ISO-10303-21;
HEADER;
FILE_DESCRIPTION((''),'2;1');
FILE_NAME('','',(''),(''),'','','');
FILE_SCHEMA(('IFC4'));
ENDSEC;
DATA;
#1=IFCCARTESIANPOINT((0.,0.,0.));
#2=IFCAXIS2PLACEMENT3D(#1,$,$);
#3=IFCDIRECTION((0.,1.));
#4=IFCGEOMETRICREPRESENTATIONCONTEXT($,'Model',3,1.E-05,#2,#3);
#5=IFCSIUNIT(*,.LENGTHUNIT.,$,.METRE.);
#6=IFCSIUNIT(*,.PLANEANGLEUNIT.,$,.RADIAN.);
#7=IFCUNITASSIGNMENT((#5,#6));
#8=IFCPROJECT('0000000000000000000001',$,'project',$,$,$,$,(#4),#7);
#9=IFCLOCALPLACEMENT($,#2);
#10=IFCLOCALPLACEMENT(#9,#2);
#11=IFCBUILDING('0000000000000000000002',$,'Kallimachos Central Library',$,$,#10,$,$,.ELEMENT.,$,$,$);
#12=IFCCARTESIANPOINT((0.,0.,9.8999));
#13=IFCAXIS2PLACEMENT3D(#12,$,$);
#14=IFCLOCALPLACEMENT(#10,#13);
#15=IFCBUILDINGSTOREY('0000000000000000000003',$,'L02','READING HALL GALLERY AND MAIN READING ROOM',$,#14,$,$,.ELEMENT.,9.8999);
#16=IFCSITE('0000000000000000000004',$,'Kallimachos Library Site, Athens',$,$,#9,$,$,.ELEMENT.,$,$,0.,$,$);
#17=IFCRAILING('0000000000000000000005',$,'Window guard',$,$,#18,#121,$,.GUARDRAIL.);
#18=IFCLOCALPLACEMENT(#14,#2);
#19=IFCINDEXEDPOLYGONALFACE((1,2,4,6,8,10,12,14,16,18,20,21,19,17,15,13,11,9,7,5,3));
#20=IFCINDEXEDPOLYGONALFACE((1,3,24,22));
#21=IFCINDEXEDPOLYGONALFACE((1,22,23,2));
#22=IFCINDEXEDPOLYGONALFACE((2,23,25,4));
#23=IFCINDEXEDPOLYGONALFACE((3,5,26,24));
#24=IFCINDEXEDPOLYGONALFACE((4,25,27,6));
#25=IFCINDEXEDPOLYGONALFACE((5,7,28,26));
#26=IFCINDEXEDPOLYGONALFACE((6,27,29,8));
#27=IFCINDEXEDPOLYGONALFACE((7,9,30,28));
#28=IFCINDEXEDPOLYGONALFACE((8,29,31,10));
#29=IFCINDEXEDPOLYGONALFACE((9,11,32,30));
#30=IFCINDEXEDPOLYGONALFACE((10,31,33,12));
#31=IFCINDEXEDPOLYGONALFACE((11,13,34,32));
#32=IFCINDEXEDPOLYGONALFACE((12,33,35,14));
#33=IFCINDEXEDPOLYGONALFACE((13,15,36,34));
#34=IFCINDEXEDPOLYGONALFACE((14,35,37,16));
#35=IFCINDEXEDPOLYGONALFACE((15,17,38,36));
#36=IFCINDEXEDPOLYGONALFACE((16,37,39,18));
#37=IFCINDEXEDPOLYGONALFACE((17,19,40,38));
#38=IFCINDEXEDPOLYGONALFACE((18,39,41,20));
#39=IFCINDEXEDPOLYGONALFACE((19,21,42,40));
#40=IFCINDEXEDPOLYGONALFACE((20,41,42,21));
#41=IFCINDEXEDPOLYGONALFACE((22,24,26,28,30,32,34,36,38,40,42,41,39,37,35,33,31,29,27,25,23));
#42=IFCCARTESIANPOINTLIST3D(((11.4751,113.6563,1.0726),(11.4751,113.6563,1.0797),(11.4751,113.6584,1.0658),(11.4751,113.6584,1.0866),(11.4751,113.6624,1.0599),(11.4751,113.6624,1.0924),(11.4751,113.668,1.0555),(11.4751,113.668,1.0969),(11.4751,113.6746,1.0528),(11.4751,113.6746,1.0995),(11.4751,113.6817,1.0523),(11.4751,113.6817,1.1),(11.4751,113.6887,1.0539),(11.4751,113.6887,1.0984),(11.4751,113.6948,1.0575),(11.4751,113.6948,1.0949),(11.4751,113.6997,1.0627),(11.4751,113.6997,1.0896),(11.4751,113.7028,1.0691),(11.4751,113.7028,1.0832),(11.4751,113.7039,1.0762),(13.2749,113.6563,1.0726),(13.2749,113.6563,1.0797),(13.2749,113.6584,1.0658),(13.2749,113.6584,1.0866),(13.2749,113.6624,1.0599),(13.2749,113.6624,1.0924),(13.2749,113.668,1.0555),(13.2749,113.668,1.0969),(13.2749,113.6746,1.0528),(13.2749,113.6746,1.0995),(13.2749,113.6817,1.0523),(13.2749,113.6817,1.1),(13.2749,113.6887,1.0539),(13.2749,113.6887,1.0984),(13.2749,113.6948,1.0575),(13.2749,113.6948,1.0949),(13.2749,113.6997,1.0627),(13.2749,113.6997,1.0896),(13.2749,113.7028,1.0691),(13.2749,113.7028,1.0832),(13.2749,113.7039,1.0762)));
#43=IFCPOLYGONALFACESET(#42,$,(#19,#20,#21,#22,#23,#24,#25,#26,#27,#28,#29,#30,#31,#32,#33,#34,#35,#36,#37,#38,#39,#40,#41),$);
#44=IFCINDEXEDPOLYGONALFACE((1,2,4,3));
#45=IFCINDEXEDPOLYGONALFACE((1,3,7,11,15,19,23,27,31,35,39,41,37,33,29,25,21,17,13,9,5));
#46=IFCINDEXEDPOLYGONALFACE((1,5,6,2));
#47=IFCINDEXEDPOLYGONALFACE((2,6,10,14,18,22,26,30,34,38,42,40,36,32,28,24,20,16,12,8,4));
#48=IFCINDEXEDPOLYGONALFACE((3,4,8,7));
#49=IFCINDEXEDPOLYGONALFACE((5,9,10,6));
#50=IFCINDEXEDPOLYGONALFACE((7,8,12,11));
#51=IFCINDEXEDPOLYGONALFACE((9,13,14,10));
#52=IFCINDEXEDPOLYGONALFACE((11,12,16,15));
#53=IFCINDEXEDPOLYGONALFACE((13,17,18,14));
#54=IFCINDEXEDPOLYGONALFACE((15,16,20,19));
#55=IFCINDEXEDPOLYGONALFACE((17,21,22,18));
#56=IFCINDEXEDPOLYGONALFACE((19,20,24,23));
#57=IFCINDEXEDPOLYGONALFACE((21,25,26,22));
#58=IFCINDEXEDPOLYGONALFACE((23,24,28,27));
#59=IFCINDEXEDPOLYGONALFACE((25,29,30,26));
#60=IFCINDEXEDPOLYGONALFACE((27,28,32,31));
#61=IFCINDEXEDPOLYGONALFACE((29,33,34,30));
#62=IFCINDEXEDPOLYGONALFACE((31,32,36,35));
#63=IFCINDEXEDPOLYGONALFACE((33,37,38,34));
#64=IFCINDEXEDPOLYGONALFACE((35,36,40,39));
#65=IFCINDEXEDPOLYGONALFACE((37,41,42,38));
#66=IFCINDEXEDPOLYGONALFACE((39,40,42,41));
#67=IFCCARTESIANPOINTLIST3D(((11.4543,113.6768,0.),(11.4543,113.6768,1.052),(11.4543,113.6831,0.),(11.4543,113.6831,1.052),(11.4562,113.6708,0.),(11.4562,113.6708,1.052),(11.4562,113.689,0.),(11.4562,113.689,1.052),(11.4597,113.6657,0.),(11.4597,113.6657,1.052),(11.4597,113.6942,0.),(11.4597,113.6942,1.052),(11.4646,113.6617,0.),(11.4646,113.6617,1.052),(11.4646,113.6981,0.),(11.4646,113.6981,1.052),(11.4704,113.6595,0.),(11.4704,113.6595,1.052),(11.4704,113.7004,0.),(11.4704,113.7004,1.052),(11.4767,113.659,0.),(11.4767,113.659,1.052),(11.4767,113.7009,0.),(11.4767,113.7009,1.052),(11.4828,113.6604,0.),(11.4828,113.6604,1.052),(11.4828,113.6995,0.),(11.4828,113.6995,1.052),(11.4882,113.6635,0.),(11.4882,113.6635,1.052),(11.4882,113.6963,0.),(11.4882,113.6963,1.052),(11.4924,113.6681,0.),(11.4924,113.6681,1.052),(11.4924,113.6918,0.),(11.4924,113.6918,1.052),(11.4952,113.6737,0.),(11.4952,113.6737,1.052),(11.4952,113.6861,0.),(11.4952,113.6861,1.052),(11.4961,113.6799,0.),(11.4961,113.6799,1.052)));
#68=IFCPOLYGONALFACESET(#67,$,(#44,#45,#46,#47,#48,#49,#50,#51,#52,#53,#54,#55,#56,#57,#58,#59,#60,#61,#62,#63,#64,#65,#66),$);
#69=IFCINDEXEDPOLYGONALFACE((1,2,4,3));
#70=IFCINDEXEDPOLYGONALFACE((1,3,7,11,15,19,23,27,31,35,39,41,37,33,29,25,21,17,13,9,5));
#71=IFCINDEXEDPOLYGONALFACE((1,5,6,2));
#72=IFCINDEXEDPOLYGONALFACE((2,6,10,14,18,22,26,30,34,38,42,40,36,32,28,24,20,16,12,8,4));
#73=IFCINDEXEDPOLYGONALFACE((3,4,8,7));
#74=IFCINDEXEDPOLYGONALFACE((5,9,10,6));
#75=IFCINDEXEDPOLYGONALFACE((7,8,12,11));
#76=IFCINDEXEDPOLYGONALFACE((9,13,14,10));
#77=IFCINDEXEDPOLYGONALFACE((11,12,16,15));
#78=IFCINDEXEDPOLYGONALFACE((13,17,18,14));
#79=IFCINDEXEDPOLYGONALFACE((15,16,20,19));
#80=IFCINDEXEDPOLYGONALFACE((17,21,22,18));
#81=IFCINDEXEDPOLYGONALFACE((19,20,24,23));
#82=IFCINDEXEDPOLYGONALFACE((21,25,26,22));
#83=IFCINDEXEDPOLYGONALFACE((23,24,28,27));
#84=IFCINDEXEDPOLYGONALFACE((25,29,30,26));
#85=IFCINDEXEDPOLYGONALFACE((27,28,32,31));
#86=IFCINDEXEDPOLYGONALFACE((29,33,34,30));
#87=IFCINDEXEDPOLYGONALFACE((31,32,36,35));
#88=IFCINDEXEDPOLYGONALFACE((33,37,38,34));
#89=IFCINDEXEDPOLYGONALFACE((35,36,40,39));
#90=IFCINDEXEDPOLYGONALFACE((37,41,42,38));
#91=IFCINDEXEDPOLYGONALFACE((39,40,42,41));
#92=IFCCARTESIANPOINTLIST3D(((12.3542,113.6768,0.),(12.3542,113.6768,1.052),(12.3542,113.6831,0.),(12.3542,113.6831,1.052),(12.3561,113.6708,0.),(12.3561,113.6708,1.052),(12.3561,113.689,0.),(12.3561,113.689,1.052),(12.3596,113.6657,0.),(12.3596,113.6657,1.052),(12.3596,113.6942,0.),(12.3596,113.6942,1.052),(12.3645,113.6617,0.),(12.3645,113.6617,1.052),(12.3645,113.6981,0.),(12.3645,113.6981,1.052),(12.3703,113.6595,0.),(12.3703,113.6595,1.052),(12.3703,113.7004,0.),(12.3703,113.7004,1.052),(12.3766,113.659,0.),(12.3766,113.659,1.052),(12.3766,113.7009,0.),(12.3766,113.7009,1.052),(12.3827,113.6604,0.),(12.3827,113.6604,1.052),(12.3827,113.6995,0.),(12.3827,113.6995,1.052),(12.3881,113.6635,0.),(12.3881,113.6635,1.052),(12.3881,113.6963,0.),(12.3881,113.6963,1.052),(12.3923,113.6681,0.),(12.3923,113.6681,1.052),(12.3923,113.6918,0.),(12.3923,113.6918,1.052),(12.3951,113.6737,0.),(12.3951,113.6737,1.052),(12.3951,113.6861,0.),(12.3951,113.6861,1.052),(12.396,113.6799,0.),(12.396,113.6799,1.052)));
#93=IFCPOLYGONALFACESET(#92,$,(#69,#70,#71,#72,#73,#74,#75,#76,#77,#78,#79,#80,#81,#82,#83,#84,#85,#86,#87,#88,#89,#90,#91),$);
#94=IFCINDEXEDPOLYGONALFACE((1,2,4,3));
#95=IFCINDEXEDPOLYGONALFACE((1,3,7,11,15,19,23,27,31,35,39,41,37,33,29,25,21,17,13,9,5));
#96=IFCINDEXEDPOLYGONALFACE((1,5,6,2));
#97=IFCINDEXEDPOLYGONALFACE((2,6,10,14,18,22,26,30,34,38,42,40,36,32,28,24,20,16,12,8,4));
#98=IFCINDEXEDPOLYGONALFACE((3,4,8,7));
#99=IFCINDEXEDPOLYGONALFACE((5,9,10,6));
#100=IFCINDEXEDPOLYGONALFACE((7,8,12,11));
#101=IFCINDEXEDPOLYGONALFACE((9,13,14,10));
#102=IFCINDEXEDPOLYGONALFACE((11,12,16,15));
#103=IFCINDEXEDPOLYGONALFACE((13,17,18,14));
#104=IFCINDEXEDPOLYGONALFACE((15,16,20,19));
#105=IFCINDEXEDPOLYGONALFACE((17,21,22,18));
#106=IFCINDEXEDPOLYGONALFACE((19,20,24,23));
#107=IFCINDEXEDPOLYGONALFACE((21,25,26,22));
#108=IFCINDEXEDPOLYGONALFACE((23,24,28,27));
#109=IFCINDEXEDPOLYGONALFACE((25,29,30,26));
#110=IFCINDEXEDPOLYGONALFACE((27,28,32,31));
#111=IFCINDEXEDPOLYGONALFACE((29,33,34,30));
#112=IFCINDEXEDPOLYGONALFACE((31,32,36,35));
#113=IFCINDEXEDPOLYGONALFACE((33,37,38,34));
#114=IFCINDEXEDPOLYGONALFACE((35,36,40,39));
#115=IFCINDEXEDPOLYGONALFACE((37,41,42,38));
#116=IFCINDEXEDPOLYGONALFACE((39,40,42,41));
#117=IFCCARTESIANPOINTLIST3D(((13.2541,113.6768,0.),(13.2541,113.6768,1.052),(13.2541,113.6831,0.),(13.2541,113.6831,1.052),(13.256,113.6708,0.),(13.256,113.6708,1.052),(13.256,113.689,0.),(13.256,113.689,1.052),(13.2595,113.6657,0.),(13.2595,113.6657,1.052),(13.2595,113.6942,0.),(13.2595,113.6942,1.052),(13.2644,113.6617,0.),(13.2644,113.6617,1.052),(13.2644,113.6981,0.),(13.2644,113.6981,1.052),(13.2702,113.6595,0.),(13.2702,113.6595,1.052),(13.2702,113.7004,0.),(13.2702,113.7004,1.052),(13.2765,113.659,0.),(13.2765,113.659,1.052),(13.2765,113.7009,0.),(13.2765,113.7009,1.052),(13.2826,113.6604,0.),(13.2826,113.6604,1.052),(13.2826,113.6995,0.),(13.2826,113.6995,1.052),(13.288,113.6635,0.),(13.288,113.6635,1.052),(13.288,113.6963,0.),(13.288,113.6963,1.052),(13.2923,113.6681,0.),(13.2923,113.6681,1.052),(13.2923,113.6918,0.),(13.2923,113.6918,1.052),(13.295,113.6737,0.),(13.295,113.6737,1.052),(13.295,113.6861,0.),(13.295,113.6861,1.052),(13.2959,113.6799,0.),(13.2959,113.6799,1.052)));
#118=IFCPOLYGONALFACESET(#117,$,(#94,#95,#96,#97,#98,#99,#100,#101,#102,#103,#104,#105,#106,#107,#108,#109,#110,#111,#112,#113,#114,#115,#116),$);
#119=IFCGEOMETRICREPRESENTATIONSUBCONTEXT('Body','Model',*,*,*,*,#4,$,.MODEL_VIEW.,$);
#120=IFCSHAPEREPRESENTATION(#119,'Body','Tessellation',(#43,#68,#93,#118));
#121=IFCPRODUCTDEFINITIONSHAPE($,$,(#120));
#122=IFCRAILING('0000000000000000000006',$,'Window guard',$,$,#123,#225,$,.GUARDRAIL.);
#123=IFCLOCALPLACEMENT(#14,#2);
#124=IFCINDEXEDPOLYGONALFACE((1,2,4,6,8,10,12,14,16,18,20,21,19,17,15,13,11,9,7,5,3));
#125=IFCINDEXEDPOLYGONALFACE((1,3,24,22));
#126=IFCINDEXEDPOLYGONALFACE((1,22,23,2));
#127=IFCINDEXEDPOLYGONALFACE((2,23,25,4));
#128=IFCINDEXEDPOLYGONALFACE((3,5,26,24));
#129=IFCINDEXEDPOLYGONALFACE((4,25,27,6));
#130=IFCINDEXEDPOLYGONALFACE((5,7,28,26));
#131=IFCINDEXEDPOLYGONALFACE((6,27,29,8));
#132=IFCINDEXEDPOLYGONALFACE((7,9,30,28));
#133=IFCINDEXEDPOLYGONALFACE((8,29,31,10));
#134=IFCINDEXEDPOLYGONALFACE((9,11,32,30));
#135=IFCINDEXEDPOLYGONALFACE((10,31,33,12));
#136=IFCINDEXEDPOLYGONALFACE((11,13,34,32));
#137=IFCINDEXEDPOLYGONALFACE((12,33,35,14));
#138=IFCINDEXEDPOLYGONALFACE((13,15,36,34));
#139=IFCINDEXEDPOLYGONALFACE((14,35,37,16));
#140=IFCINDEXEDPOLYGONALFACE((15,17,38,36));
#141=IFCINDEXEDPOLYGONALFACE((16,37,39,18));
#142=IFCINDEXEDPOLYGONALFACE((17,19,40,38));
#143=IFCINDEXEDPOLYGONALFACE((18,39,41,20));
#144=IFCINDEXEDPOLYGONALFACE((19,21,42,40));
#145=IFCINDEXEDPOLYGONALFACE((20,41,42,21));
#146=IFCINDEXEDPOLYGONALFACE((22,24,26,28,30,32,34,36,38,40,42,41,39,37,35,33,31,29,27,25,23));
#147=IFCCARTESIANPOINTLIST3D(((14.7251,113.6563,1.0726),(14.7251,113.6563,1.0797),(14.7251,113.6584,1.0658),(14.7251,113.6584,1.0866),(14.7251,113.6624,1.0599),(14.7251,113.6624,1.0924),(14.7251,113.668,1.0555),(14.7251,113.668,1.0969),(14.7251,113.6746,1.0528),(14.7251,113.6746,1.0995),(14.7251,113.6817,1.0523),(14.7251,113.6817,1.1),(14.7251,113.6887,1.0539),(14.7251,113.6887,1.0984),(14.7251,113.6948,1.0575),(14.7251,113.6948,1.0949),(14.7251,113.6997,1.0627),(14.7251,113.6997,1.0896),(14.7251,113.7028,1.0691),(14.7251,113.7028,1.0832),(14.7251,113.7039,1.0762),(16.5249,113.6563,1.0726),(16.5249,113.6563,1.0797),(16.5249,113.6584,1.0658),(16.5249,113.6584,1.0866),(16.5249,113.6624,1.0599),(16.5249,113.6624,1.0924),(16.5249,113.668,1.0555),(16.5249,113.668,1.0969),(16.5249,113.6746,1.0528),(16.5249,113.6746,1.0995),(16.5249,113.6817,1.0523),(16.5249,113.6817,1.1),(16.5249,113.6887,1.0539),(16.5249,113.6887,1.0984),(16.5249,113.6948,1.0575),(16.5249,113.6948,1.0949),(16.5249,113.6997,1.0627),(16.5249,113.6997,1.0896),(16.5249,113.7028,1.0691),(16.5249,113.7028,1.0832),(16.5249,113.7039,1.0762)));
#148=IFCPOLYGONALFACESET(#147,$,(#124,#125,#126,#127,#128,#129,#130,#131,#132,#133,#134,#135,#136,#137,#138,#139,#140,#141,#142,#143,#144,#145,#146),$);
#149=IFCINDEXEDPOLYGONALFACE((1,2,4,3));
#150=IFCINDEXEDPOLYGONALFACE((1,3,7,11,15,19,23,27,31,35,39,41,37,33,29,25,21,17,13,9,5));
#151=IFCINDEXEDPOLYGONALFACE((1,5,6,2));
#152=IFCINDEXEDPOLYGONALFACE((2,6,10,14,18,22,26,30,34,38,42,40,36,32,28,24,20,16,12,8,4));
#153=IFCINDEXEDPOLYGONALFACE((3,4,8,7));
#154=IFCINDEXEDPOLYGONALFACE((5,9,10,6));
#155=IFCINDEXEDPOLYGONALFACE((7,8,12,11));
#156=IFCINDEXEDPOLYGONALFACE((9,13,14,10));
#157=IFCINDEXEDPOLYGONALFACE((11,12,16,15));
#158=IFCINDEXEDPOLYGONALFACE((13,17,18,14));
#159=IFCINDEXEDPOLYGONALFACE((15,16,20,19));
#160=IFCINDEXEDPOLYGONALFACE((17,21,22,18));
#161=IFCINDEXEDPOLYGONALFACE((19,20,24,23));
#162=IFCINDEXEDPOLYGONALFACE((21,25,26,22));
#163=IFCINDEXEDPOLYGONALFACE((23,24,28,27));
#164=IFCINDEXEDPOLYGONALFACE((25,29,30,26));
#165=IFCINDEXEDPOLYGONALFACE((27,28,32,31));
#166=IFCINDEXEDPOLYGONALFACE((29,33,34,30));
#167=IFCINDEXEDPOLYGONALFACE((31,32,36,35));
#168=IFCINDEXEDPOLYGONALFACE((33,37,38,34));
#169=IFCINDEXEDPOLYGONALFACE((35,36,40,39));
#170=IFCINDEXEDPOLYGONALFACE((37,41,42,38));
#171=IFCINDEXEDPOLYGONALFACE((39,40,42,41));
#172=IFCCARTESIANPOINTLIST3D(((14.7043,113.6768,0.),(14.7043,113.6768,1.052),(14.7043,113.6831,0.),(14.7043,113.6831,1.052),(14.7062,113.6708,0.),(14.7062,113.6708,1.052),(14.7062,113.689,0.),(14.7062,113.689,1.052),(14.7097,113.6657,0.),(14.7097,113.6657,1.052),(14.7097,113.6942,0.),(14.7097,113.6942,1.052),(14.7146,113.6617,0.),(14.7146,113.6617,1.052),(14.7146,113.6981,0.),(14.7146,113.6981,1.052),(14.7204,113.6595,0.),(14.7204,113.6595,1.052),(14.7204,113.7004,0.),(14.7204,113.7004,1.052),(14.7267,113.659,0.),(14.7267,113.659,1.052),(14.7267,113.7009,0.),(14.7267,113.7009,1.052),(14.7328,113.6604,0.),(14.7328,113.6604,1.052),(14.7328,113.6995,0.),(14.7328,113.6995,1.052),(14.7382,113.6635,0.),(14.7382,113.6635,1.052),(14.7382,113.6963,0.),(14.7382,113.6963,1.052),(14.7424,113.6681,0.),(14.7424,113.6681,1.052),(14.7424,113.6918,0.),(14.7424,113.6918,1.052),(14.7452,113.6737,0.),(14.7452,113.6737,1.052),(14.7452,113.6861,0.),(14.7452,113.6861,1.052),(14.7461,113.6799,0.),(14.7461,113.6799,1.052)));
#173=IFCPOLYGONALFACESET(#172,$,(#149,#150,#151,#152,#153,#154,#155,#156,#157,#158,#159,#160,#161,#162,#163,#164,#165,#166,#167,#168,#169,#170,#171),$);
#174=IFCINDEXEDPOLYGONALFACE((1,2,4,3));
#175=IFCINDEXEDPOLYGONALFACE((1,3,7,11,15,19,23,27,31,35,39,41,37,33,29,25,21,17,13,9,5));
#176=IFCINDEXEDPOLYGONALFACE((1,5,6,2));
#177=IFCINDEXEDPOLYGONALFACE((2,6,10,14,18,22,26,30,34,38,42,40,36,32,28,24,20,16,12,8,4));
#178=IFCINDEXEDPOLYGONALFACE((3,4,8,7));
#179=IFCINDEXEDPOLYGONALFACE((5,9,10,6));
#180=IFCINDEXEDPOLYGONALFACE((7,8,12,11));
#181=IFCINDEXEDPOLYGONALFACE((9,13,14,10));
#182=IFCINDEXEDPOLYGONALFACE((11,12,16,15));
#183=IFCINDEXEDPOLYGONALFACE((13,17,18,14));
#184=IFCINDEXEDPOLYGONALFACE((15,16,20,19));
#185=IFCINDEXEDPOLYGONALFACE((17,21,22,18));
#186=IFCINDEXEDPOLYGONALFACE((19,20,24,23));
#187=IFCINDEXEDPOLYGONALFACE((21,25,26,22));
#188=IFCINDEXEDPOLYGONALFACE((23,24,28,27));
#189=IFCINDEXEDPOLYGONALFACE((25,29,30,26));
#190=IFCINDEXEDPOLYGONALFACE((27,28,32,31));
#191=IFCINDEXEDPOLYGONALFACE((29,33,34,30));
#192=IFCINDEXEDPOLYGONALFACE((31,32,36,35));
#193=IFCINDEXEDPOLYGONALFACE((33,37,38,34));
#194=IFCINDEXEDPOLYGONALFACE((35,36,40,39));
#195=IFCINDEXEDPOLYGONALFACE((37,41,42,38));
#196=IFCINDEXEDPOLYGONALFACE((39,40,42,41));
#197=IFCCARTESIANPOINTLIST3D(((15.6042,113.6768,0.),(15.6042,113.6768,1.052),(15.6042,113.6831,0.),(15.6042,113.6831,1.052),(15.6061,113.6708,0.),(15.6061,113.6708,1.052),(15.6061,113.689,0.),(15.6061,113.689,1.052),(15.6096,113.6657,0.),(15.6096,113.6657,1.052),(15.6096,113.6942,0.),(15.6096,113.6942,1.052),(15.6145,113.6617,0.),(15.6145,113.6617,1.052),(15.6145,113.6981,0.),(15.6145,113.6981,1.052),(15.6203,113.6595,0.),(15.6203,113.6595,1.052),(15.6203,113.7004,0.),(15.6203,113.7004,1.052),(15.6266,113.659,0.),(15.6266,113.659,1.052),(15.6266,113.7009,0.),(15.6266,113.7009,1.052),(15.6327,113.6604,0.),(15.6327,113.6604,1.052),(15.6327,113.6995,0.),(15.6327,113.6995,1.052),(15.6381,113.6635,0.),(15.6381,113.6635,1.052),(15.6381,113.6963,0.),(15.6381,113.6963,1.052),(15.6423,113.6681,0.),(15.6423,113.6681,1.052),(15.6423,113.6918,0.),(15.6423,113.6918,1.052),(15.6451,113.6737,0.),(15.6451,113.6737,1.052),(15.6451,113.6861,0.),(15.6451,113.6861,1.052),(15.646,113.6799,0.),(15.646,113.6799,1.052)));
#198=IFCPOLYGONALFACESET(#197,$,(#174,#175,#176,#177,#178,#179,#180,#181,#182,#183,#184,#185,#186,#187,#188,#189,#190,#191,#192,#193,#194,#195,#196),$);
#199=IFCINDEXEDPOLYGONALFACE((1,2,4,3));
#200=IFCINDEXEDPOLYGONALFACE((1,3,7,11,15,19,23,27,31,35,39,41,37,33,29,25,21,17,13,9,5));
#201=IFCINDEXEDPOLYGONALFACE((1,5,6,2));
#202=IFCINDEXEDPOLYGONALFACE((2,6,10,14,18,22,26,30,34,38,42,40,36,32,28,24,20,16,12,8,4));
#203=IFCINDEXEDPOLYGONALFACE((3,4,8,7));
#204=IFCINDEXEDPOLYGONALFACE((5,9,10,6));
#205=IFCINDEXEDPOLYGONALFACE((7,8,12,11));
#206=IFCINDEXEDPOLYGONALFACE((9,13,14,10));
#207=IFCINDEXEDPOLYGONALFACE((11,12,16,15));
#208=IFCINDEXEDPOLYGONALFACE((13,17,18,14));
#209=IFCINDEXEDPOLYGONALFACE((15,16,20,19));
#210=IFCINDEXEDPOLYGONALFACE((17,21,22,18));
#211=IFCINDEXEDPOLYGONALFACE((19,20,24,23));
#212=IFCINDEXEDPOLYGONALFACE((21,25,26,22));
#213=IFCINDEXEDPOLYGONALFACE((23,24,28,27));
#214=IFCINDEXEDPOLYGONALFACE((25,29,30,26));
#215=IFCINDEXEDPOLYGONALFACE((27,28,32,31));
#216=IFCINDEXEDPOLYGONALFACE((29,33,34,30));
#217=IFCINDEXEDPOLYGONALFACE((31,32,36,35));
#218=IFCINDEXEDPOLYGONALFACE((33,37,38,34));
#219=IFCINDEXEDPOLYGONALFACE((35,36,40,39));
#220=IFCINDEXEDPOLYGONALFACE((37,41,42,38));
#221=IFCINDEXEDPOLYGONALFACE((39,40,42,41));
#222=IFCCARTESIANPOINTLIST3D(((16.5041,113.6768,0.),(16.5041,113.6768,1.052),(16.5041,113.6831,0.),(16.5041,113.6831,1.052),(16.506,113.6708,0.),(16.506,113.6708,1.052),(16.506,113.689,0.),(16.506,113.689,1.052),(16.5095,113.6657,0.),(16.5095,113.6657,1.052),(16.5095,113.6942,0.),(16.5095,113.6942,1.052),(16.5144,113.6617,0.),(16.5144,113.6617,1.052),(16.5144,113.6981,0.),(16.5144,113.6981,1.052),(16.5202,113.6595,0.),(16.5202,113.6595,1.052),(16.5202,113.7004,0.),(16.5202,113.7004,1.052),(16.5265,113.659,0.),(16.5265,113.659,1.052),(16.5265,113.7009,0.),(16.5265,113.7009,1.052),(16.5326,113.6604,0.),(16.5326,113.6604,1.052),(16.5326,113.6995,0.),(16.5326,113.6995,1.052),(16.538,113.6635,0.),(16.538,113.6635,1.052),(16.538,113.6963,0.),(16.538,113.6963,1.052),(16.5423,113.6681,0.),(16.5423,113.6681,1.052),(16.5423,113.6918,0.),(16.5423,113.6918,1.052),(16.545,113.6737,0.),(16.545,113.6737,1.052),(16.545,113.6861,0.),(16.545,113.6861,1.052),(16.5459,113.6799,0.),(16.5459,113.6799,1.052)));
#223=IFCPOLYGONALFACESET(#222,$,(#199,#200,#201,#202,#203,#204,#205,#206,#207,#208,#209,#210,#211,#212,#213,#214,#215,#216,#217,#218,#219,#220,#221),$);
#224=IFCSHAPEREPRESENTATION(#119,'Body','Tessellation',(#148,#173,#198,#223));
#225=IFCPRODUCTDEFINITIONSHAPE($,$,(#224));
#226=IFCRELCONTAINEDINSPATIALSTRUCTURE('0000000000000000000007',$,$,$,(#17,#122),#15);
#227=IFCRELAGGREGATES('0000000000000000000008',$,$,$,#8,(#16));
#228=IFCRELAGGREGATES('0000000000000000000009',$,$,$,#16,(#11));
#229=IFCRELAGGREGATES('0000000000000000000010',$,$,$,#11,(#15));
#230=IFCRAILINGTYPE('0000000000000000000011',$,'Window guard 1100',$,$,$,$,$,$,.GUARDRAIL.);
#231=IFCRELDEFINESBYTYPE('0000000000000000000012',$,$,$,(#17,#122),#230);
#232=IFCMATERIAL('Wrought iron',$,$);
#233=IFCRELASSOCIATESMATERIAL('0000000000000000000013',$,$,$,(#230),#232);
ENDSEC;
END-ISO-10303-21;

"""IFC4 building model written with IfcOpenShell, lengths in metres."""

from ifc_helpers import new_model, si_unit, direction, frame, origin, origin_2d, place, context, subcontext, project, spatial, circle, extrude, material, type_object, element, save


model = new_model("IFC4")

# Units and contexts
model_context = context("Model", 3, precision=1e-05, world=origin(), true_north=direction((0.0, 1.0)))
body_context = subcontext(model_context, "Body", "Model", "MODEL_VIEW")
ifc_project = project(units=[si_unit("LENGTHUNIT", "METRE"), si_unit("PLANEANGLEUNIT", "RADIAN")], contexts=[model_context])

# Site, building, storey
site_placement = place(None, origin())
site = spatial("IfcSite", under=ifc_project, at=site_placement, Name="Kallimachos Library Site, Athens", CompositionType="ELEMENT", RefElevation=0.0)
building_placement = place(site_placement, origin())
building = spatial("IfcBuilding", under=site, at=building_placement, Name="Kallimachos Central Library", CompositionType="ELEMENT")
storey_placement = place(building_placement, frame((0.0, 0.0, 9.8999)))
storey = spatial("IfcBuildingStorey", under=building, at=storey_placement, Name="L02", Description="READING HALL GALLERY AND MAIN READING ROOM", CompositionType="ELEMENT", Elevation=9.8999)

# Railings
ifc_material_1 = material(Name="Wrought iron")
railing_type = type_object("IfcRailingType", Name="Window guard 1100", PredefinedType="GUARDRAIL", material=ifc_material_1)
for number, where, name in (
    (1, (11.4751, 113.6799, 0.0), "Window guard"),
    (2, (14.7251, 113.6799, 0.0), "Window guard"),
):
    element("IfcRailing", number, at=place(storey_placement, frame(where)), inside=storey, type_object=railing_type, Name=name, PredefinedType="GUARDRAIL", context=body_context, shape_type="SweptSolid", body=[
        extrude(circle(Radius=0.0239, at=origin_2d()), frame((0.0, 0.0, 1.0762), z_axis=(1.0, 0.0, 0.0), x_axis=(0.0, 1.0, 0.0)), (0.0, 0.0, 1.0), 1.7998),
        extrude(circle(Radius=0.021, at=origin_2d()), origin(), (0.0, 0.0, 1.0), 1.052),
        extrude(circle(Radius=0.021, at=origin_2d()), frame((0.8999, 0.0, 0.0)), (0.0, 0.0, 1.0), 1.052),
        extrude(circle(Radius=0.021, at=origin_2d()), frame((1.7998, 0.0, 0.0)), (0.0, 0.0, 1.0), 1.052),
    ])

save(model, "model.ifc")
